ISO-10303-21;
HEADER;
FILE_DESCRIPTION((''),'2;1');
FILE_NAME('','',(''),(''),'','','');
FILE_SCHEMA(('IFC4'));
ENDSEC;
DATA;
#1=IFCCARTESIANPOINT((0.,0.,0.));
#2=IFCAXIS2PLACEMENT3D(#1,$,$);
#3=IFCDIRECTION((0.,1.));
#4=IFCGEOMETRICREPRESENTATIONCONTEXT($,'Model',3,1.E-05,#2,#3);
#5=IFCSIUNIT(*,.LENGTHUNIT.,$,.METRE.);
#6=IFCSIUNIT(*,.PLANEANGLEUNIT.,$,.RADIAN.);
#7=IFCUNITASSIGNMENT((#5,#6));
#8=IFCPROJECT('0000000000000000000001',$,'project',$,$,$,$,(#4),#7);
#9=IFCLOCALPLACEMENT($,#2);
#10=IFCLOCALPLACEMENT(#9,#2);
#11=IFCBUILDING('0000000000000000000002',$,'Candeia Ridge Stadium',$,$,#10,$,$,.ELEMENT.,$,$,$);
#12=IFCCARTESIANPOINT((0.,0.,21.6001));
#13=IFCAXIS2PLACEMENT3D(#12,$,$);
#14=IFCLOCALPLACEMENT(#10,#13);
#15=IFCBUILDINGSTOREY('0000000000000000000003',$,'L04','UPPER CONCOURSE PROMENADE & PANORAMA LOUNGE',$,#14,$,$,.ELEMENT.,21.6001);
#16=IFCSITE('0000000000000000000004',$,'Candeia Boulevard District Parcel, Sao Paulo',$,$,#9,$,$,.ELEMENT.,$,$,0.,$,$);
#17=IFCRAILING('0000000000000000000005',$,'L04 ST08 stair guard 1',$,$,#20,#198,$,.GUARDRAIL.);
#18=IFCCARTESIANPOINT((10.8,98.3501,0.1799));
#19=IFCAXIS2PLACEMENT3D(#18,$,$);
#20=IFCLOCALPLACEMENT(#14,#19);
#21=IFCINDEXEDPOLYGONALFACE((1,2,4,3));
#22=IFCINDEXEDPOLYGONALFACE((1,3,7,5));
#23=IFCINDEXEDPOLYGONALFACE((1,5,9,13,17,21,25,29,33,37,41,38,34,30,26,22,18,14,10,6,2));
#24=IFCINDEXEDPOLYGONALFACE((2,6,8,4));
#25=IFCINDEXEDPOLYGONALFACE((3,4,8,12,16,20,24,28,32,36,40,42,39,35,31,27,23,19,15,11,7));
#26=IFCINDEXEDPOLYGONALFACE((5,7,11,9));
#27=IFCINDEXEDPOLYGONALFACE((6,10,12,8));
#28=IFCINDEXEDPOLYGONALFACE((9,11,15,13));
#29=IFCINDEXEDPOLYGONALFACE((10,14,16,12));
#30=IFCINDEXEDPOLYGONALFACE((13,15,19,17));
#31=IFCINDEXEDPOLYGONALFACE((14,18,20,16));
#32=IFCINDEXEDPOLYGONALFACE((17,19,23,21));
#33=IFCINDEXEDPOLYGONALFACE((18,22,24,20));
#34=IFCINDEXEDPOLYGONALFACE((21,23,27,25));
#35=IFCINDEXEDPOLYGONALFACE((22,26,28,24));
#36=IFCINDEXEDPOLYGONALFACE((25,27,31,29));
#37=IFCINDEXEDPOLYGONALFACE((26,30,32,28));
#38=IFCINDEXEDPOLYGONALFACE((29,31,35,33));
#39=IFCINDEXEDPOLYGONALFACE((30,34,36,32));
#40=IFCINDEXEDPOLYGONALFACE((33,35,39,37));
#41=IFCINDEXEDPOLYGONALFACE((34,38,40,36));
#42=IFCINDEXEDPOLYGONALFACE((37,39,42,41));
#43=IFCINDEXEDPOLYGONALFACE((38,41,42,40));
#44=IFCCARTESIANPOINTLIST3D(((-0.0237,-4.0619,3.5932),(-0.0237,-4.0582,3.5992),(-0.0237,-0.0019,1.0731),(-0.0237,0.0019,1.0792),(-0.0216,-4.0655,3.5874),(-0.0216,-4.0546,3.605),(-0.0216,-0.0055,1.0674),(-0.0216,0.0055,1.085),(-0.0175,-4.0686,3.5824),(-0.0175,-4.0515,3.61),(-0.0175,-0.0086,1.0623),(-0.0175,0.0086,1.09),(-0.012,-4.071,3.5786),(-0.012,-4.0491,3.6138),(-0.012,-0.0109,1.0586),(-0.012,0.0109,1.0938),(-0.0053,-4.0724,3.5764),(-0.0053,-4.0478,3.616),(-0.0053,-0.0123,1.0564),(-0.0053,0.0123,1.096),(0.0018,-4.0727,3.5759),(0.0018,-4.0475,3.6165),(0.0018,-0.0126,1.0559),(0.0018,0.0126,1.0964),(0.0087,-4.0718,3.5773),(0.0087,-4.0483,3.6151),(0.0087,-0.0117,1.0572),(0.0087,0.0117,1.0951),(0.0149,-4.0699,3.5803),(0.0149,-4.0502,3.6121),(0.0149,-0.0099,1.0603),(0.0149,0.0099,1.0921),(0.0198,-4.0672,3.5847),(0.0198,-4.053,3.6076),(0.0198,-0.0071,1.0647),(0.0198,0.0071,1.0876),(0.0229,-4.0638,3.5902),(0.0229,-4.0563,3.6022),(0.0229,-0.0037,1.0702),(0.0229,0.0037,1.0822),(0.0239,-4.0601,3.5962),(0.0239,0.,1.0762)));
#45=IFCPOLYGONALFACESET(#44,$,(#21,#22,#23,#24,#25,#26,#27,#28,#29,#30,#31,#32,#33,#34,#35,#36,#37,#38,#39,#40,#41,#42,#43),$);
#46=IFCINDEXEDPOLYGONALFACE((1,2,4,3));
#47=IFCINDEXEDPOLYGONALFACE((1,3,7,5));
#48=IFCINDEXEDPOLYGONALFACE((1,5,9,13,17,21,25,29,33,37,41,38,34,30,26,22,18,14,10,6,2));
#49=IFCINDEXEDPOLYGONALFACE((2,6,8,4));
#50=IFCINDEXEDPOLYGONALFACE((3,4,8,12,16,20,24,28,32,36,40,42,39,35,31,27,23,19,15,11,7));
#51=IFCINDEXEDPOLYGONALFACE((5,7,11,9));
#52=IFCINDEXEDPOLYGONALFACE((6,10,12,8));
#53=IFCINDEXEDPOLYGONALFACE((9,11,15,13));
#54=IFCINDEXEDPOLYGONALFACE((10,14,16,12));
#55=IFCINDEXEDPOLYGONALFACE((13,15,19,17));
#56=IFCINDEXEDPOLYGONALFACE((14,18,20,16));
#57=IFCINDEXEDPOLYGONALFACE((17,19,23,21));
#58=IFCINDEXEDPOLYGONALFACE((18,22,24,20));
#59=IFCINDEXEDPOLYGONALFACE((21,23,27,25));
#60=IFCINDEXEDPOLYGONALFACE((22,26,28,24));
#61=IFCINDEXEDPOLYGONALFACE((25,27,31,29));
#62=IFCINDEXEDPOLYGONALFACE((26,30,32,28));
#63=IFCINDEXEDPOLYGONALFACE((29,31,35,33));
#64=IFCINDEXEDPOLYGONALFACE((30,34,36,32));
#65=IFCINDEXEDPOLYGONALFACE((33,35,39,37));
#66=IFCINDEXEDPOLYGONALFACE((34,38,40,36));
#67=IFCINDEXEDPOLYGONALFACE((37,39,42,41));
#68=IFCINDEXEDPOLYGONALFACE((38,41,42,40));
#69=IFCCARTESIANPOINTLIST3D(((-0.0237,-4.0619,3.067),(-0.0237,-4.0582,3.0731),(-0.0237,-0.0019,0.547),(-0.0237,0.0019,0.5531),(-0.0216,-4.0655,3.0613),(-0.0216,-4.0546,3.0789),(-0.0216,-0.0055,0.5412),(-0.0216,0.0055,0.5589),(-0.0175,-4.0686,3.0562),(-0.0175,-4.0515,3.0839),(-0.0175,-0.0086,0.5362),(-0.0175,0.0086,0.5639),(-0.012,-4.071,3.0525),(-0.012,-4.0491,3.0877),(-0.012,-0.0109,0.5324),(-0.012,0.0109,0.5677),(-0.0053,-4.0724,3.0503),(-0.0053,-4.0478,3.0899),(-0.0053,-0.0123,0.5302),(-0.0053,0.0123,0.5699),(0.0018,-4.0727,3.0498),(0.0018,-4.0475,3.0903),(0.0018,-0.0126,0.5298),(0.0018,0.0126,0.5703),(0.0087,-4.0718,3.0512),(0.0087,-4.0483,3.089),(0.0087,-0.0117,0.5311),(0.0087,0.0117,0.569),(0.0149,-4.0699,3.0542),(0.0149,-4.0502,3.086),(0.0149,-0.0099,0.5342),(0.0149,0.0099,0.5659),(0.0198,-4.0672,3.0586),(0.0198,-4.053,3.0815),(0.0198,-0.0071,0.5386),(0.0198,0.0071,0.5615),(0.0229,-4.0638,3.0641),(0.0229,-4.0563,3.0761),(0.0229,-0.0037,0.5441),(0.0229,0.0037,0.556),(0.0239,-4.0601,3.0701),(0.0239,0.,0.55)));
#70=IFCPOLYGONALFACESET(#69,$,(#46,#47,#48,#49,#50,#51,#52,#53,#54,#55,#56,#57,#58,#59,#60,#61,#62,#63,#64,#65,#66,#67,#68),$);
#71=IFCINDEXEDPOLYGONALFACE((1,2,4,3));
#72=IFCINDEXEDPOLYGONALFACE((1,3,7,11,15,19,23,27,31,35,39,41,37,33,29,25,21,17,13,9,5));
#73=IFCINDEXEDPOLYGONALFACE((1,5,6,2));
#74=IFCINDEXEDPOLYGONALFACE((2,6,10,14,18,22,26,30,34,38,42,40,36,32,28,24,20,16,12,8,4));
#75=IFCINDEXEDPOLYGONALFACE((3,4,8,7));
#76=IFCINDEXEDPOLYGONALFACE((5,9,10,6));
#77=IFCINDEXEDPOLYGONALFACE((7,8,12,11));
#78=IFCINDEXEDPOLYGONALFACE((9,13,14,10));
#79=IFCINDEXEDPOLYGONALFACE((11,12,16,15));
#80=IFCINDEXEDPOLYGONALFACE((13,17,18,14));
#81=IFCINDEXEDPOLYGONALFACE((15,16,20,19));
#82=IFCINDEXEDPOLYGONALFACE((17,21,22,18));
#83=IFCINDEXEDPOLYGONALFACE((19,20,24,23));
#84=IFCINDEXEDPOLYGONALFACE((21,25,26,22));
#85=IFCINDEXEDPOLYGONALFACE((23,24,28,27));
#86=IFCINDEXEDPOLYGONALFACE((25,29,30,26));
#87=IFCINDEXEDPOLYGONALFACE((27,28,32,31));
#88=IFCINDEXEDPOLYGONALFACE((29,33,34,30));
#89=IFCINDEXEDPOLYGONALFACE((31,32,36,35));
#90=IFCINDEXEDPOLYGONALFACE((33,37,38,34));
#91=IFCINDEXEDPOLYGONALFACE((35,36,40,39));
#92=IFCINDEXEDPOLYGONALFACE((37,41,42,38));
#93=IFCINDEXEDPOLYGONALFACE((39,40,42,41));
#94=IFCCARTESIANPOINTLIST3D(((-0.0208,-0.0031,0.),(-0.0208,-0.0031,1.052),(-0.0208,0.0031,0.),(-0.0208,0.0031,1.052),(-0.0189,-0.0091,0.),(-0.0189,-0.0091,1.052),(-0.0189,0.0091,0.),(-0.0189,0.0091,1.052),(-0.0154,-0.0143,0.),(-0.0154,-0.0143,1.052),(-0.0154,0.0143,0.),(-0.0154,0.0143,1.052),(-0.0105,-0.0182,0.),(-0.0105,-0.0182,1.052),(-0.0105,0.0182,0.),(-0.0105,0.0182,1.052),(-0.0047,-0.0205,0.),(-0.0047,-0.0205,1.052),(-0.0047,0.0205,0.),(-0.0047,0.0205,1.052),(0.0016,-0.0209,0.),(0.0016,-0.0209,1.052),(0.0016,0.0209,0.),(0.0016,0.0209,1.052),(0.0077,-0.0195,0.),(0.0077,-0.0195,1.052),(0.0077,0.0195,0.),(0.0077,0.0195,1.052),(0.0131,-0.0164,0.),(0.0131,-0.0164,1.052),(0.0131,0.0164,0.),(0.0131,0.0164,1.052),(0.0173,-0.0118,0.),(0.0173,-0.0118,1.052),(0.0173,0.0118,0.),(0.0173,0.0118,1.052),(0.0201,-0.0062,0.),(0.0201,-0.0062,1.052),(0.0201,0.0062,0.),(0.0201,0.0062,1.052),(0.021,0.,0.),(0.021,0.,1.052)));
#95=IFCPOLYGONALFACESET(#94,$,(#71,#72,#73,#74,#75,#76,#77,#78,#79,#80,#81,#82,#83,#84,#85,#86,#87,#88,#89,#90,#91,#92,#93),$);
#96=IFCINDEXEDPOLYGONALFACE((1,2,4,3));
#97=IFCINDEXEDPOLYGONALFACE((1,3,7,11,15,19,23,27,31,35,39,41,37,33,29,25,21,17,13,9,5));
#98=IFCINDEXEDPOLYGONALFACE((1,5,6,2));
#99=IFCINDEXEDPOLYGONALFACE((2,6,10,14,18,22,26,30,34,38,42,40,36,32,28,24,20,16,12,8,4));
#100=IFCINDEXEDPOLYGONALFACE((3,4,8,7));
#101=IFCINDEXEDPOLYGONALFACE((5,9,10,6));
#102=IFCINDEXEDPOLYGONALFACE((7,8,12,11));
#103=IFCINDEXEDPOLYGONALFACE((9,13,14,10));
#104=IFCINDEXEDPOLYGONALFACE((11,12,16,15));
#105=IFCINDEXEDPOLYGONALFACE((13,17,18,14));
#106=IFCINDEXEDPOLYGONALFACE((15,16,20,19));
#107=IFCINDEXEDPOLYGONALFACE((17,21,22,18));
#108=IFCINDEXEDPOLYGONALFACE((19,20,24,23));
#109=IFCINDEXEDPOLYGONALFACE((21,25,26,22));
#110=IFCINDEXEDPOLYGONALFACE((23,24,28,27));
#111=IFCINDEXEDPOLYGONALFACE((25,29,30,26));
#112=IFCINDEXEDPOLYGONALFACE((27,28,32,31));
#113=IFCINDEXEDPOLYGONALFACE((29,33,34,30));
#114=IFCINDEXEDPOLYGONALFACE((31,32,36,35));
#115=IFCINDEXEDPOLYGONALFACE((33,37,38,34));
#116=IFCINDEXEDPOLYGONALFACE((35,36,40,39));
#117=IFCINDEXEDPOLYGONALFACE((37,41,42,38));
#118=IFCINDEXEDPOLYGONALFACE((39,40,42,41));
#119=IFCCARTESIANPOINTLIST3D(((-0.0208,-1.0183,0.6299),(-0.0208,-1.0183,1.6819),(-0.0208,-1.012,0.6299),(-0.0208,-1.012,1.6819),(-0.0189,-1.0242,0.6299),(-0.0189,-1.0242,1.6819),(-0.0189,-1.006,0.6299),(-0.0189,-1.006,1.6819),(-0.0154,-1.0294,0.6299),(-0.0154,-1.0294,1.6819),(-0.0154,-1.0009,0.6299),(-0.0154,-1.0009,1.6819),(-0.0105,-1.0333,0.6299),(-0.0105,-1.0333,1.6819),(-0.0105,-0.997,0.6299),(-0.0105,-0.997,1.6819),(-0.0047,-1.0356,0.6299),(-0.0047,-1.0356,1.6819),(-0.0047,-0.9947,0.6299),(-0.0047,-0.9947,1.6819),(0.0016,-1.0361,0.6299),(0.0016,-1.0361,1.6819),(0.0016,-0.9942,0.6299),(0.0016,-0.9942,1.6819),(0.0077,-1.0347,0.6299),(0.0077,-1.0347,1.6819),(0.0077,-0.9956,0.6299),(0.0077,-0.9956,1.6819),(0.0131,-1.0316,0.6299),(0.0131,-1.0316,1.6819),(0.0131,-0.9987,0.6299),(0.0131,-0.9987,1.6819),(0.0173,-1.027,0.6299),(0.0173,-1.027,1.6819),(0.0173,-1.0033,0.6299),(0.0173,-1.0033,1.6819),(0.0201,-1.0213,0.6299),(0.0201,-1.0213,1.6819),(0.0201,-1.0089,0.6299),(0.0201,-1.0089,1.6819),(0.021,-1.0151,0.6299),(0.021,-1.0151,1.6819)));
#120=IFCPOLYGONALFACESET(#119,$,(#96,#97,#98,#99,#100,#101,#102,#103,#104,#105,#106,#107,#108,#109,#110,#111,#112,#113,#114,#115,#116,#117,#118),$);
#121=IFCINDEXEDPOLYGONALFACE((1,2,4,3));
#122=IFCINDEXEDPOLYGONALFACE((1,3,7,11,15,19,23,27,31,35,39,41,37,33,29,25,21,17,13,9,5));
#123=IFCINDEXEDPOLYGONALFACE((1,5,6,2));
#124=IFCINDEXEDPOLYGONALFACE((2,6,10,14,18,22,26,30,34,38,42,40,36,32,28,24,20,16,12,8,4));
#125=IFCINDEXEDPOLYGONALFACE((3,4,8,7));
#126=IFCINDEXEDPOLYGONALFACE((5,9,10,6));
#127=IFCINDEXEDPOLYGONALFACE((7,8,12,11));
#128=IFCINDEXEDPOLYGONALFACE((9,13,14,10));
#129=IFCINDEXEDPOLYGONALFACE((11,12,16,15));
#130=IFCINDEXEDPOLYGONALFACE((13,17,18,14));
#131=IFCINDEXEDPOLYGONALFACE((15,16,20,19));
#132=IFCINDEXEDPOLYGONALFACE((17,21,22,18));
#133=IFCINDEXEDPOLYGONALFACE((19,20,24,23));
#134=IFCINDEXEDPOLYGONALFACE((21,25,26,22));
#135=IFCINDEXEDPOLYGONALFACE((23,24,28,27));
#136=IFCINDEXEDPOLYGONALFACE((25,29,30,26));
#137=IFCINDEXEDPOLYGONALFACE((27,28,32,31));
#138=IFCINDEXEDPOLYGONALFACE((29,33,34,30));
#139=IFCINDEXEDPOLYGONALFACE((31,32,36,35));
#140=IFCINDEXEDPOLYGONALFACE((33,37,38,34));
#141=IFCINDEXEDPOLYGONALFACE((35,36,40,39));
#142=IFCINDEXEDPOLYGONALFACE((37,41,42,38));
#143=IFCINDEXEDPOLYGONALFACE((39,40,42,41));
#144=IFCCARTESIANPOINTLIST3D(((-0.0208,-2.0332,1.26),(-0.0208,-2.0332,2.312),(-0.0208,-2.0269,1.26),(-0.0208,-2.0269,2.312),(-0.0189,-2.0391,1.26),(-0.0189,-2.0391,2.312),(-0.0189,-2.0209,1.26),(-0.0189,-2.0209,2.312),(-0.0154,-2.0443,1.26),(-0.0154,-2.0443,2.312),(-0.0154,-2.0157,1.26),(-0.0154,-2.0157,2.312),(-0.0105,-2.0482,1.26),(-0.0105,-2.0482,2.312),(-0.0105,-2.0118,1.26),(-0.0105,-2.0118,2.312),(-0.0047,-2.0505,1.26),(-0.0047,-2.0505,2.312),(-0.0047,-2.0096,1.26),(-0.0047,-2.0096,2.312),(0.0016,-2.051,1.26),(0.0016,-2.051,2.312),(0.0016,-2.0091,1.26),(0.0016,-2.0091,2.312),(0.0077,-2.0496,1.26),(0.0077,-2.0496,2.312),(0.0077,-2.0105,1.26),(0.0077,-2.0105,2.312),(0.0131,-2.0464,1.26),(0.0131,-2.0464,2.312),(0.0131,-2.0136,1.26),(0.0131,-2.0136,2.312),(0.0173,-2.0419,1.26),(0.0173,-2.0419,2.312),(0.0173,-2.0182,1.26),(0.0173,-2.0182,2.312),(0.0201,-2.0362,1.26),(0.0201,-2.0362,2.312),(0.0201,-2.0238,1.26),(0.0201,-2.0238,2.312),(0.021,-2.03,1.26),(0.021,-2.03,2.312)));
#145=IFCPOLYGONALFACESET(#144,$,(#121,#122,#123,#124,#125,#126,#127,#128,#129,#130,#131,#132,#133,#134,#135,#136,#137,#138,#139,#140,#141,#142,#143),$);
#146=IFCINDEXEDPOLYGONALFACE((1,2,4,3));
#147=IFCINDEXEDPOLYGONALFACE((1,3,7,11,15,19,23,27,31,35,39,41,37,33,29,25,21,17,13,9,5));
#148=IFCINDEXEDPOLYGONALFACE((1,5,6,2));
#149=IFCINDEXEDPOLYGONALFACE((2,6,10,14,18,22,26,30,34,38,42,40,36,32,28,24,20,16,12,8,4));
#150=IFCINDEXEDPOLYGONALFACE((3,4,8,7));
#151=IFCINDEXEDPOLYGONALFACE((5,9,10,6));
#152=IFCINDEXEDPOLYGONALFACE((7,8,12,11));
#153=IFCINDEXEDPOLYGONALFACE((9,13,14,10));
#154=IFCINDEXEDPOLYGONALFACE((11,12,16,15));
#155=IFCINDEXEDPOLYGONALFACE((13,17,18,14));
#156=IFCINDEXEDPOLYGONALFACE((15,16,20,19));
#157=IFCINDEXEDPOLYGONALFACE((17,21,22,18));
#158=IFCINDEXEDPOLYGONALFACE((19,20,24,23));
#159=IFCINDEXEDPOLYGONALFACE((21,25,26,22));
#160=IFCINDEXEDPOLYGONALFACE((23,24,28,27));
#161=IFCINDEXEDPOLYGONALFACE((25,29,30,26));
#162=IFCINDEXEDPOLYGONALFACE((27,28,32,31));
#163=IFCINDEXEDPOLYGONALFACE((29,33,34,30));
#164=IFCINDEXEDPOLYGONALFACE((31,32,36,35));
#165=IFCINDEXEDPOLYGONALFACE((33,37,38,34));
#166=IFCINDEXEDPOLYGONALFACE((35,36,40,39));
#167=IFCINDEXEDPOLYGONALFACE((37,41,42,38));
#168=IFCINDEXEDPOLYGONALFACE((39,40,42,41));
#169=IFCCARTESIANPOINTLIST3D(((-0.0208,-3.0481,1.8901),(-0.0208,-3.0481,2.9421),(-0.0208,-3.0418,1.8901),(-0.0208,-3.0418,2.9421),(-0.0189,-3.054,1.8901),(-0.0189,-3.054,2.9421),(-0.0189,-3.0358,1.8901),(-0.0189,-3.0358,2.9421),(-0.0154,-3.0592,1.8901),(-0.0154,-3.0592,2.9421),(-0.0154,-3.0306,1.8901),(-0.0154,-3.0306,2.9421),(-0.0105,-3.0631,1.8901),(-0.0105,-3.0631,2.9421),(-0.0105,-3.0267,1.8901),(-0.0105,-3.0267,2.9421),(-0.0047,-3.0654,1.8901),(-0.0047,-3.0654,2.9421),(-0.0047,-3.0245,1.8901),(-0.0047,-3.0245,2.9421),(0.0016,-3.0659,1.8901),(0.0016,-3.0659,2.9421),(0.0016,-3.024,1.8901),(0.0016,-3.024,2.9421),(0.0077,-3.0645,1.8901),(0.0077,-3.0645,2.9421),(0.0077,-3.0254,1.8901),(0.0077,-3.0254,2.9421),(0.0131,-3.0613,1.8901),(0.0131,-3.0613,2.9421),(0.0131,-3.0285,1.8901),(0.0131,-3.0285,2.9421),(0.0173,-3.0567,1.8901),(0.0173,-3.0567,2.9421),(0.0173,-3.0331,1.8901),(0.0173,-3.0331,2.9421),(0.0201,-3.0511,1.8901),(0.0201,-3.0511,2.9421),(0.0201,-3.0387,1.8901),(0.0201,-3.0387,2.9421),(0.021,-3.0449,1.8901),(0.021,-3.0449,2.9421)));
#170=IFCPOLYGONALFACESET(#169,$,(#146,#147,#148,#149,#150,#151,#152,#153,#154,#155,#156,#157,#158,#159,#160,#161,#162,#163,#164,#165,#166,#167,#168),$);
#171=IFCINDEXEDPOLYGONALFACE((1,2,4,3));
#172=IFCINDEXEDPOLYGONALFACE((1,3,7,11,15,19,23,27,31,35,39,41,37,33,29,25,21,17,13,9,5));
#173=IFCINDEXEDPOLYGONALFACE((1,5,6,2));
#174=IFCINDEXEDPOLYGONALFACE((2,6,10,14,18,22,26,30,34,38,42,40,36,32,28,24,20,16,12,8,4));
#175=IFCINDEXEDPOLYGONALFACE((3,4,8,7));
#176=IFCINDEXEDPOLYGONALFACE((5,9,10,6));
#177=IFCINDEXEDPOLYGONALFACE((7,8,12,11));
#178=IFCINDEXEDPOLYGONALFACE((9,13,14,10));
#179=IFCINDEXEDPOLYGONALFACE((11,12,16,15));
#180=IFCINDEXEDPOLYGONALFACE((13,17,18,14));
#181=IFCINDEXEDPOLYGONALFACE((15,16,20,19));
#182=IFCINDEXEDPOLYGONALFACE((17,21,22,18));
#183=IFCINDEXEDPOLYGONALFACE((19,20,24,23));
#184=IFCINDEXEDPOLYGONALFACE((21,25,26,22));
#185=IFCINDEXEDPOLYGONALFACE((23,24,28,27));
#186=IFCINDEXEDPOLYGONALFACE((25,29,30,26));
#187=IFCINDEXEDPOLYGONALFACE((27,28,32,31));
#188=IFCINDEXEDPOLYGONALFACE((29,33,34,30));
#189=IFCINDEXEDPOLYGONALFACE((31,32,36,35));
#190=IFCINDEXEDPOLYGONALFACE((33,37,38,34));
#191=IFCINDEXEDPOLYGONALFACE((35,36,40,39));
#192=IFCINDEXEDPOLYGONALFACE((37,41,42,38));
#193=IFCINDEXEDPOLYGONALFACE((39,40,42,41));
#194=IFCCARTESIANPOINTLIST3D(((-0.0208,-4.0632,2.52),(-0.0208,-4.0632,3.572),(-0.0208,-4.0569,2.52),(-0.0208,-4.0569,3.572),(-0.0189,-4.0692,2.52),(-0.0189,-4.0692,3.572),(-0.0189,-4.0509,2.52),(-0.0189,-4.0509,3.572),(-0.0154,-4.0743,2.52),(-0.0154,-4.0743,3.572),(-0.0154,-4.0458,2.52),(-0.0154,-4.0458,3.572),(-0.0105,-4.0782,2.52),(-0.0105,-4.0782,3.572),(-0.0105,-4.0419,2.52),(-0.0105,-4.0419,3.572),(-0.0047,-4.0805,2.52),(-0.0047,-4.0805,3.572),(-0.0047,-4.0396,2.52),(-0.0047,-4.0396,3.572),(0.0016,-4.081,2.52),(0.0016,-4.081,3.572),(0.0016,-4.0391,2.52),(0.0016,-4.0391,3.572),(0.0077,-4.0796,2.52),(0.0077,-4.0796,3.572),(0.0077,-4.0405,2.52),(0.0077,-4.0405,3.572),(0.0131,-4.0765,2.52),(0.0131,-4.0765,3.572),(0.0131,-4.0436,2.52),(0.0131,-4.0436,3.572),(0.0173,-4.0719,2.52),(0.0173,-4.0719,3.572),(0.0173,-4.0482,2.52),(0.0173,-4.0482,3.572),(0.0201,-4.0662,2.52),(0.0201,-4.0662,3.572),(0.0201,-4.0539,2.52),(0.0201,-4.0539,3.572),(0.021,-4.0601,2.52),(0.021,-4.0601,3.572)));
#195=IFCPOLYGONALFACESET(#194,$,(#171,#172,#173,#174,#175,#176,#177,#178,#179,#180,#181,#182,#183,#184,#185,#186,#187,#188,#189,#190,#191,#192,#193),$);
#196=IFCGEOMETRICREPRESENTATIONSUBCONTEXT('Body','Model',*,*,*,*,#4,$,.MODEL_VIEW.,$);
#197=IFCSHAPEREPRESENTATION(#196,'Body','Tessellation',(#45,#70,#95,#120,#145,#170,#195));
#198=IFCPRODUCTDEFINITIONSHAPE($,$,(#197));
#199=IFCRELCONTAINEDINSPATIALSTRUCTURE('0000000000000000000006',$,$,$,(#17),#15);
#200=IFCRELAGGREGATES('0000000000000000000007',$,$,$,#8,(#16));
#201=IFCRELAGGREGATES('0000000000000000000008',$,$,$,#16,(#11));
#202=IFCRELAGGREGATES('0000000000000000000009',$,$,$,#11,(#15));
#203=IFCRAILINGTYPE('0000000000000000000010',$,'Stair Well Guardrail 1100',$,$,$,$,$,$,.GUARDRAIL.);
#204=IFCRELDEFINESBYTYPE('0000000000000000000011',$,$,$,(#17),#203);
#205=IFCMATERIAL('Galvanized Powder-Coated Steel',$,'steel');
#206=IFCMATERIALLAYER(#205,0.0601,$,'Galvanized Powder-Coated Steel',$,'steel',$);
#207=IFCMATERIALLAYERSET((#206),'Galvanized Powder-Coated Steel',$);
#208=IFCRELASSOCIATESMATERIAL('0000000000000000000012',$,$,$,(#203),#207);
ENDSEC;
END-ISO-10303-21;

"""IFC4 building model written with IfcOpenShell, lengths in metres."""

from ifc_helpers import new_model, si_unit, direction, frame, origin, origin_2d, place, context, subcontext, project, spatial, circle, extrude, material, layer, layer_set, type_object, element, save


model = new_model("IFC4")

# Units and contexts
model_context = context("Model", 3, precision=1e-05, world=origin(), true_north=direction((0.0, 1.0)))
body_context = subcontext(model_context, "Body", "Model", "MODEL_VIEW")
ifc_project = project(units=[si_unit("LENGTHUNIT", "METRE"), si_unit("PLANEANGLEUNIT", "RADIAN")], contexts=[model_context])

# Site, building, storey
site_placement = place(None, origin())
site = spatial("IfcSite", under=ifc_project, at=site_placement, Name="Candeia Boulevard District Parcel, Sao Paulo", CompositionType="ELEMENT", RefElevation=0.0)
building_placement = place(site_placement, origin())
building = spatial("IfcBuilding", under=site, at=building_placement, Name="Candeia Ridge Stadium", CompositionType="ELEMENT")
storey_placement = place(building_placement, frame((0.0, 0.0, 21.6001)))
storey = spatial("IfcBuildingStorey", under=building, at=storey_placement, Name="L04", Description="UPPER CONCOURSE PROMENADE & PANORAMA LOUNGE", CompositionType="ELEMENT", Elevation=21.6001)

# Railing
ifc_material_1 = material(Name="Galvanized Powder-Coated Steel", Category="steel")
ifc_layer_1 = layer(ifc_material_1, 0.0601, Name="Galvanized Powder-Coated Steel", Category="steel")
ifc_layer_set_1 = layer_set([ifc_layer_1], Name="Galvanized Powder-Coated Steel")
railing_type_1 = type_object("IfcRailingType", Name="Stair Well Guardrail 1100", PredefinedType="GUARDRAIL", material=ifc_layer_set_1)
railing_1_placement = place(storey_placement, frame((10.8, 98.3501, 0.1799)))
element("IfcRailing", 1, at=railing_1_placement, inside=storey, type_object=railing_type_1, Name="L04 ST08 stair guard 1", PredefinedType="GUARDRAIL", context=body_context, shape_type="SweptSolid", body=[
    extrude(circle(Radius=0.0239, at=origin_2d()), frame((0.0, 0.0, 1.0762), z_axis=(0.0, -0.849642, 0.52736), x_axis=(1.0, 0.0, 0.0)), (0.0, 0.0, 1.0), 4.7786),
    extrude(circle(Radius=0.0239, at=origin_2d()), frame((0.0, 0.0, 0.55), z_axis=(0.0, -0.849642, 0.52736), x_axis=(1.0, 0.0, 0.0)), (0.0, 0.0, 1.0), 4.7786),
    extrude(circle(Radius=0.021, at=origin_2d()), origin(), (0.0, 0.0, 1.0), 1.052),
    extrude(circle(Radius=0.021, at=origin_2d()), frame((0.0, -1.0151, 0.6299)), (0.0, 0.0, 1.0), 1.052),
    extrude(circle(Radius=0.021, at=origin_2d()), frame((0.0, -2.03, 1.26)), (0.0, 0.0, 1.0), 1.052),
    extrude(circle(Radius=0.021, at=origin_2d()), frame((0.0, -3.0449, 1.8901)), (0.0, 0.0, 1.0), 1.052),
    extrude(circle(Radius=0.021, at=origin_2d()), frame((0.0, -4.0601, 2.52)), (0.0, 0.0, 1.0), 1.052),
])

save(model, "model.ifc")
